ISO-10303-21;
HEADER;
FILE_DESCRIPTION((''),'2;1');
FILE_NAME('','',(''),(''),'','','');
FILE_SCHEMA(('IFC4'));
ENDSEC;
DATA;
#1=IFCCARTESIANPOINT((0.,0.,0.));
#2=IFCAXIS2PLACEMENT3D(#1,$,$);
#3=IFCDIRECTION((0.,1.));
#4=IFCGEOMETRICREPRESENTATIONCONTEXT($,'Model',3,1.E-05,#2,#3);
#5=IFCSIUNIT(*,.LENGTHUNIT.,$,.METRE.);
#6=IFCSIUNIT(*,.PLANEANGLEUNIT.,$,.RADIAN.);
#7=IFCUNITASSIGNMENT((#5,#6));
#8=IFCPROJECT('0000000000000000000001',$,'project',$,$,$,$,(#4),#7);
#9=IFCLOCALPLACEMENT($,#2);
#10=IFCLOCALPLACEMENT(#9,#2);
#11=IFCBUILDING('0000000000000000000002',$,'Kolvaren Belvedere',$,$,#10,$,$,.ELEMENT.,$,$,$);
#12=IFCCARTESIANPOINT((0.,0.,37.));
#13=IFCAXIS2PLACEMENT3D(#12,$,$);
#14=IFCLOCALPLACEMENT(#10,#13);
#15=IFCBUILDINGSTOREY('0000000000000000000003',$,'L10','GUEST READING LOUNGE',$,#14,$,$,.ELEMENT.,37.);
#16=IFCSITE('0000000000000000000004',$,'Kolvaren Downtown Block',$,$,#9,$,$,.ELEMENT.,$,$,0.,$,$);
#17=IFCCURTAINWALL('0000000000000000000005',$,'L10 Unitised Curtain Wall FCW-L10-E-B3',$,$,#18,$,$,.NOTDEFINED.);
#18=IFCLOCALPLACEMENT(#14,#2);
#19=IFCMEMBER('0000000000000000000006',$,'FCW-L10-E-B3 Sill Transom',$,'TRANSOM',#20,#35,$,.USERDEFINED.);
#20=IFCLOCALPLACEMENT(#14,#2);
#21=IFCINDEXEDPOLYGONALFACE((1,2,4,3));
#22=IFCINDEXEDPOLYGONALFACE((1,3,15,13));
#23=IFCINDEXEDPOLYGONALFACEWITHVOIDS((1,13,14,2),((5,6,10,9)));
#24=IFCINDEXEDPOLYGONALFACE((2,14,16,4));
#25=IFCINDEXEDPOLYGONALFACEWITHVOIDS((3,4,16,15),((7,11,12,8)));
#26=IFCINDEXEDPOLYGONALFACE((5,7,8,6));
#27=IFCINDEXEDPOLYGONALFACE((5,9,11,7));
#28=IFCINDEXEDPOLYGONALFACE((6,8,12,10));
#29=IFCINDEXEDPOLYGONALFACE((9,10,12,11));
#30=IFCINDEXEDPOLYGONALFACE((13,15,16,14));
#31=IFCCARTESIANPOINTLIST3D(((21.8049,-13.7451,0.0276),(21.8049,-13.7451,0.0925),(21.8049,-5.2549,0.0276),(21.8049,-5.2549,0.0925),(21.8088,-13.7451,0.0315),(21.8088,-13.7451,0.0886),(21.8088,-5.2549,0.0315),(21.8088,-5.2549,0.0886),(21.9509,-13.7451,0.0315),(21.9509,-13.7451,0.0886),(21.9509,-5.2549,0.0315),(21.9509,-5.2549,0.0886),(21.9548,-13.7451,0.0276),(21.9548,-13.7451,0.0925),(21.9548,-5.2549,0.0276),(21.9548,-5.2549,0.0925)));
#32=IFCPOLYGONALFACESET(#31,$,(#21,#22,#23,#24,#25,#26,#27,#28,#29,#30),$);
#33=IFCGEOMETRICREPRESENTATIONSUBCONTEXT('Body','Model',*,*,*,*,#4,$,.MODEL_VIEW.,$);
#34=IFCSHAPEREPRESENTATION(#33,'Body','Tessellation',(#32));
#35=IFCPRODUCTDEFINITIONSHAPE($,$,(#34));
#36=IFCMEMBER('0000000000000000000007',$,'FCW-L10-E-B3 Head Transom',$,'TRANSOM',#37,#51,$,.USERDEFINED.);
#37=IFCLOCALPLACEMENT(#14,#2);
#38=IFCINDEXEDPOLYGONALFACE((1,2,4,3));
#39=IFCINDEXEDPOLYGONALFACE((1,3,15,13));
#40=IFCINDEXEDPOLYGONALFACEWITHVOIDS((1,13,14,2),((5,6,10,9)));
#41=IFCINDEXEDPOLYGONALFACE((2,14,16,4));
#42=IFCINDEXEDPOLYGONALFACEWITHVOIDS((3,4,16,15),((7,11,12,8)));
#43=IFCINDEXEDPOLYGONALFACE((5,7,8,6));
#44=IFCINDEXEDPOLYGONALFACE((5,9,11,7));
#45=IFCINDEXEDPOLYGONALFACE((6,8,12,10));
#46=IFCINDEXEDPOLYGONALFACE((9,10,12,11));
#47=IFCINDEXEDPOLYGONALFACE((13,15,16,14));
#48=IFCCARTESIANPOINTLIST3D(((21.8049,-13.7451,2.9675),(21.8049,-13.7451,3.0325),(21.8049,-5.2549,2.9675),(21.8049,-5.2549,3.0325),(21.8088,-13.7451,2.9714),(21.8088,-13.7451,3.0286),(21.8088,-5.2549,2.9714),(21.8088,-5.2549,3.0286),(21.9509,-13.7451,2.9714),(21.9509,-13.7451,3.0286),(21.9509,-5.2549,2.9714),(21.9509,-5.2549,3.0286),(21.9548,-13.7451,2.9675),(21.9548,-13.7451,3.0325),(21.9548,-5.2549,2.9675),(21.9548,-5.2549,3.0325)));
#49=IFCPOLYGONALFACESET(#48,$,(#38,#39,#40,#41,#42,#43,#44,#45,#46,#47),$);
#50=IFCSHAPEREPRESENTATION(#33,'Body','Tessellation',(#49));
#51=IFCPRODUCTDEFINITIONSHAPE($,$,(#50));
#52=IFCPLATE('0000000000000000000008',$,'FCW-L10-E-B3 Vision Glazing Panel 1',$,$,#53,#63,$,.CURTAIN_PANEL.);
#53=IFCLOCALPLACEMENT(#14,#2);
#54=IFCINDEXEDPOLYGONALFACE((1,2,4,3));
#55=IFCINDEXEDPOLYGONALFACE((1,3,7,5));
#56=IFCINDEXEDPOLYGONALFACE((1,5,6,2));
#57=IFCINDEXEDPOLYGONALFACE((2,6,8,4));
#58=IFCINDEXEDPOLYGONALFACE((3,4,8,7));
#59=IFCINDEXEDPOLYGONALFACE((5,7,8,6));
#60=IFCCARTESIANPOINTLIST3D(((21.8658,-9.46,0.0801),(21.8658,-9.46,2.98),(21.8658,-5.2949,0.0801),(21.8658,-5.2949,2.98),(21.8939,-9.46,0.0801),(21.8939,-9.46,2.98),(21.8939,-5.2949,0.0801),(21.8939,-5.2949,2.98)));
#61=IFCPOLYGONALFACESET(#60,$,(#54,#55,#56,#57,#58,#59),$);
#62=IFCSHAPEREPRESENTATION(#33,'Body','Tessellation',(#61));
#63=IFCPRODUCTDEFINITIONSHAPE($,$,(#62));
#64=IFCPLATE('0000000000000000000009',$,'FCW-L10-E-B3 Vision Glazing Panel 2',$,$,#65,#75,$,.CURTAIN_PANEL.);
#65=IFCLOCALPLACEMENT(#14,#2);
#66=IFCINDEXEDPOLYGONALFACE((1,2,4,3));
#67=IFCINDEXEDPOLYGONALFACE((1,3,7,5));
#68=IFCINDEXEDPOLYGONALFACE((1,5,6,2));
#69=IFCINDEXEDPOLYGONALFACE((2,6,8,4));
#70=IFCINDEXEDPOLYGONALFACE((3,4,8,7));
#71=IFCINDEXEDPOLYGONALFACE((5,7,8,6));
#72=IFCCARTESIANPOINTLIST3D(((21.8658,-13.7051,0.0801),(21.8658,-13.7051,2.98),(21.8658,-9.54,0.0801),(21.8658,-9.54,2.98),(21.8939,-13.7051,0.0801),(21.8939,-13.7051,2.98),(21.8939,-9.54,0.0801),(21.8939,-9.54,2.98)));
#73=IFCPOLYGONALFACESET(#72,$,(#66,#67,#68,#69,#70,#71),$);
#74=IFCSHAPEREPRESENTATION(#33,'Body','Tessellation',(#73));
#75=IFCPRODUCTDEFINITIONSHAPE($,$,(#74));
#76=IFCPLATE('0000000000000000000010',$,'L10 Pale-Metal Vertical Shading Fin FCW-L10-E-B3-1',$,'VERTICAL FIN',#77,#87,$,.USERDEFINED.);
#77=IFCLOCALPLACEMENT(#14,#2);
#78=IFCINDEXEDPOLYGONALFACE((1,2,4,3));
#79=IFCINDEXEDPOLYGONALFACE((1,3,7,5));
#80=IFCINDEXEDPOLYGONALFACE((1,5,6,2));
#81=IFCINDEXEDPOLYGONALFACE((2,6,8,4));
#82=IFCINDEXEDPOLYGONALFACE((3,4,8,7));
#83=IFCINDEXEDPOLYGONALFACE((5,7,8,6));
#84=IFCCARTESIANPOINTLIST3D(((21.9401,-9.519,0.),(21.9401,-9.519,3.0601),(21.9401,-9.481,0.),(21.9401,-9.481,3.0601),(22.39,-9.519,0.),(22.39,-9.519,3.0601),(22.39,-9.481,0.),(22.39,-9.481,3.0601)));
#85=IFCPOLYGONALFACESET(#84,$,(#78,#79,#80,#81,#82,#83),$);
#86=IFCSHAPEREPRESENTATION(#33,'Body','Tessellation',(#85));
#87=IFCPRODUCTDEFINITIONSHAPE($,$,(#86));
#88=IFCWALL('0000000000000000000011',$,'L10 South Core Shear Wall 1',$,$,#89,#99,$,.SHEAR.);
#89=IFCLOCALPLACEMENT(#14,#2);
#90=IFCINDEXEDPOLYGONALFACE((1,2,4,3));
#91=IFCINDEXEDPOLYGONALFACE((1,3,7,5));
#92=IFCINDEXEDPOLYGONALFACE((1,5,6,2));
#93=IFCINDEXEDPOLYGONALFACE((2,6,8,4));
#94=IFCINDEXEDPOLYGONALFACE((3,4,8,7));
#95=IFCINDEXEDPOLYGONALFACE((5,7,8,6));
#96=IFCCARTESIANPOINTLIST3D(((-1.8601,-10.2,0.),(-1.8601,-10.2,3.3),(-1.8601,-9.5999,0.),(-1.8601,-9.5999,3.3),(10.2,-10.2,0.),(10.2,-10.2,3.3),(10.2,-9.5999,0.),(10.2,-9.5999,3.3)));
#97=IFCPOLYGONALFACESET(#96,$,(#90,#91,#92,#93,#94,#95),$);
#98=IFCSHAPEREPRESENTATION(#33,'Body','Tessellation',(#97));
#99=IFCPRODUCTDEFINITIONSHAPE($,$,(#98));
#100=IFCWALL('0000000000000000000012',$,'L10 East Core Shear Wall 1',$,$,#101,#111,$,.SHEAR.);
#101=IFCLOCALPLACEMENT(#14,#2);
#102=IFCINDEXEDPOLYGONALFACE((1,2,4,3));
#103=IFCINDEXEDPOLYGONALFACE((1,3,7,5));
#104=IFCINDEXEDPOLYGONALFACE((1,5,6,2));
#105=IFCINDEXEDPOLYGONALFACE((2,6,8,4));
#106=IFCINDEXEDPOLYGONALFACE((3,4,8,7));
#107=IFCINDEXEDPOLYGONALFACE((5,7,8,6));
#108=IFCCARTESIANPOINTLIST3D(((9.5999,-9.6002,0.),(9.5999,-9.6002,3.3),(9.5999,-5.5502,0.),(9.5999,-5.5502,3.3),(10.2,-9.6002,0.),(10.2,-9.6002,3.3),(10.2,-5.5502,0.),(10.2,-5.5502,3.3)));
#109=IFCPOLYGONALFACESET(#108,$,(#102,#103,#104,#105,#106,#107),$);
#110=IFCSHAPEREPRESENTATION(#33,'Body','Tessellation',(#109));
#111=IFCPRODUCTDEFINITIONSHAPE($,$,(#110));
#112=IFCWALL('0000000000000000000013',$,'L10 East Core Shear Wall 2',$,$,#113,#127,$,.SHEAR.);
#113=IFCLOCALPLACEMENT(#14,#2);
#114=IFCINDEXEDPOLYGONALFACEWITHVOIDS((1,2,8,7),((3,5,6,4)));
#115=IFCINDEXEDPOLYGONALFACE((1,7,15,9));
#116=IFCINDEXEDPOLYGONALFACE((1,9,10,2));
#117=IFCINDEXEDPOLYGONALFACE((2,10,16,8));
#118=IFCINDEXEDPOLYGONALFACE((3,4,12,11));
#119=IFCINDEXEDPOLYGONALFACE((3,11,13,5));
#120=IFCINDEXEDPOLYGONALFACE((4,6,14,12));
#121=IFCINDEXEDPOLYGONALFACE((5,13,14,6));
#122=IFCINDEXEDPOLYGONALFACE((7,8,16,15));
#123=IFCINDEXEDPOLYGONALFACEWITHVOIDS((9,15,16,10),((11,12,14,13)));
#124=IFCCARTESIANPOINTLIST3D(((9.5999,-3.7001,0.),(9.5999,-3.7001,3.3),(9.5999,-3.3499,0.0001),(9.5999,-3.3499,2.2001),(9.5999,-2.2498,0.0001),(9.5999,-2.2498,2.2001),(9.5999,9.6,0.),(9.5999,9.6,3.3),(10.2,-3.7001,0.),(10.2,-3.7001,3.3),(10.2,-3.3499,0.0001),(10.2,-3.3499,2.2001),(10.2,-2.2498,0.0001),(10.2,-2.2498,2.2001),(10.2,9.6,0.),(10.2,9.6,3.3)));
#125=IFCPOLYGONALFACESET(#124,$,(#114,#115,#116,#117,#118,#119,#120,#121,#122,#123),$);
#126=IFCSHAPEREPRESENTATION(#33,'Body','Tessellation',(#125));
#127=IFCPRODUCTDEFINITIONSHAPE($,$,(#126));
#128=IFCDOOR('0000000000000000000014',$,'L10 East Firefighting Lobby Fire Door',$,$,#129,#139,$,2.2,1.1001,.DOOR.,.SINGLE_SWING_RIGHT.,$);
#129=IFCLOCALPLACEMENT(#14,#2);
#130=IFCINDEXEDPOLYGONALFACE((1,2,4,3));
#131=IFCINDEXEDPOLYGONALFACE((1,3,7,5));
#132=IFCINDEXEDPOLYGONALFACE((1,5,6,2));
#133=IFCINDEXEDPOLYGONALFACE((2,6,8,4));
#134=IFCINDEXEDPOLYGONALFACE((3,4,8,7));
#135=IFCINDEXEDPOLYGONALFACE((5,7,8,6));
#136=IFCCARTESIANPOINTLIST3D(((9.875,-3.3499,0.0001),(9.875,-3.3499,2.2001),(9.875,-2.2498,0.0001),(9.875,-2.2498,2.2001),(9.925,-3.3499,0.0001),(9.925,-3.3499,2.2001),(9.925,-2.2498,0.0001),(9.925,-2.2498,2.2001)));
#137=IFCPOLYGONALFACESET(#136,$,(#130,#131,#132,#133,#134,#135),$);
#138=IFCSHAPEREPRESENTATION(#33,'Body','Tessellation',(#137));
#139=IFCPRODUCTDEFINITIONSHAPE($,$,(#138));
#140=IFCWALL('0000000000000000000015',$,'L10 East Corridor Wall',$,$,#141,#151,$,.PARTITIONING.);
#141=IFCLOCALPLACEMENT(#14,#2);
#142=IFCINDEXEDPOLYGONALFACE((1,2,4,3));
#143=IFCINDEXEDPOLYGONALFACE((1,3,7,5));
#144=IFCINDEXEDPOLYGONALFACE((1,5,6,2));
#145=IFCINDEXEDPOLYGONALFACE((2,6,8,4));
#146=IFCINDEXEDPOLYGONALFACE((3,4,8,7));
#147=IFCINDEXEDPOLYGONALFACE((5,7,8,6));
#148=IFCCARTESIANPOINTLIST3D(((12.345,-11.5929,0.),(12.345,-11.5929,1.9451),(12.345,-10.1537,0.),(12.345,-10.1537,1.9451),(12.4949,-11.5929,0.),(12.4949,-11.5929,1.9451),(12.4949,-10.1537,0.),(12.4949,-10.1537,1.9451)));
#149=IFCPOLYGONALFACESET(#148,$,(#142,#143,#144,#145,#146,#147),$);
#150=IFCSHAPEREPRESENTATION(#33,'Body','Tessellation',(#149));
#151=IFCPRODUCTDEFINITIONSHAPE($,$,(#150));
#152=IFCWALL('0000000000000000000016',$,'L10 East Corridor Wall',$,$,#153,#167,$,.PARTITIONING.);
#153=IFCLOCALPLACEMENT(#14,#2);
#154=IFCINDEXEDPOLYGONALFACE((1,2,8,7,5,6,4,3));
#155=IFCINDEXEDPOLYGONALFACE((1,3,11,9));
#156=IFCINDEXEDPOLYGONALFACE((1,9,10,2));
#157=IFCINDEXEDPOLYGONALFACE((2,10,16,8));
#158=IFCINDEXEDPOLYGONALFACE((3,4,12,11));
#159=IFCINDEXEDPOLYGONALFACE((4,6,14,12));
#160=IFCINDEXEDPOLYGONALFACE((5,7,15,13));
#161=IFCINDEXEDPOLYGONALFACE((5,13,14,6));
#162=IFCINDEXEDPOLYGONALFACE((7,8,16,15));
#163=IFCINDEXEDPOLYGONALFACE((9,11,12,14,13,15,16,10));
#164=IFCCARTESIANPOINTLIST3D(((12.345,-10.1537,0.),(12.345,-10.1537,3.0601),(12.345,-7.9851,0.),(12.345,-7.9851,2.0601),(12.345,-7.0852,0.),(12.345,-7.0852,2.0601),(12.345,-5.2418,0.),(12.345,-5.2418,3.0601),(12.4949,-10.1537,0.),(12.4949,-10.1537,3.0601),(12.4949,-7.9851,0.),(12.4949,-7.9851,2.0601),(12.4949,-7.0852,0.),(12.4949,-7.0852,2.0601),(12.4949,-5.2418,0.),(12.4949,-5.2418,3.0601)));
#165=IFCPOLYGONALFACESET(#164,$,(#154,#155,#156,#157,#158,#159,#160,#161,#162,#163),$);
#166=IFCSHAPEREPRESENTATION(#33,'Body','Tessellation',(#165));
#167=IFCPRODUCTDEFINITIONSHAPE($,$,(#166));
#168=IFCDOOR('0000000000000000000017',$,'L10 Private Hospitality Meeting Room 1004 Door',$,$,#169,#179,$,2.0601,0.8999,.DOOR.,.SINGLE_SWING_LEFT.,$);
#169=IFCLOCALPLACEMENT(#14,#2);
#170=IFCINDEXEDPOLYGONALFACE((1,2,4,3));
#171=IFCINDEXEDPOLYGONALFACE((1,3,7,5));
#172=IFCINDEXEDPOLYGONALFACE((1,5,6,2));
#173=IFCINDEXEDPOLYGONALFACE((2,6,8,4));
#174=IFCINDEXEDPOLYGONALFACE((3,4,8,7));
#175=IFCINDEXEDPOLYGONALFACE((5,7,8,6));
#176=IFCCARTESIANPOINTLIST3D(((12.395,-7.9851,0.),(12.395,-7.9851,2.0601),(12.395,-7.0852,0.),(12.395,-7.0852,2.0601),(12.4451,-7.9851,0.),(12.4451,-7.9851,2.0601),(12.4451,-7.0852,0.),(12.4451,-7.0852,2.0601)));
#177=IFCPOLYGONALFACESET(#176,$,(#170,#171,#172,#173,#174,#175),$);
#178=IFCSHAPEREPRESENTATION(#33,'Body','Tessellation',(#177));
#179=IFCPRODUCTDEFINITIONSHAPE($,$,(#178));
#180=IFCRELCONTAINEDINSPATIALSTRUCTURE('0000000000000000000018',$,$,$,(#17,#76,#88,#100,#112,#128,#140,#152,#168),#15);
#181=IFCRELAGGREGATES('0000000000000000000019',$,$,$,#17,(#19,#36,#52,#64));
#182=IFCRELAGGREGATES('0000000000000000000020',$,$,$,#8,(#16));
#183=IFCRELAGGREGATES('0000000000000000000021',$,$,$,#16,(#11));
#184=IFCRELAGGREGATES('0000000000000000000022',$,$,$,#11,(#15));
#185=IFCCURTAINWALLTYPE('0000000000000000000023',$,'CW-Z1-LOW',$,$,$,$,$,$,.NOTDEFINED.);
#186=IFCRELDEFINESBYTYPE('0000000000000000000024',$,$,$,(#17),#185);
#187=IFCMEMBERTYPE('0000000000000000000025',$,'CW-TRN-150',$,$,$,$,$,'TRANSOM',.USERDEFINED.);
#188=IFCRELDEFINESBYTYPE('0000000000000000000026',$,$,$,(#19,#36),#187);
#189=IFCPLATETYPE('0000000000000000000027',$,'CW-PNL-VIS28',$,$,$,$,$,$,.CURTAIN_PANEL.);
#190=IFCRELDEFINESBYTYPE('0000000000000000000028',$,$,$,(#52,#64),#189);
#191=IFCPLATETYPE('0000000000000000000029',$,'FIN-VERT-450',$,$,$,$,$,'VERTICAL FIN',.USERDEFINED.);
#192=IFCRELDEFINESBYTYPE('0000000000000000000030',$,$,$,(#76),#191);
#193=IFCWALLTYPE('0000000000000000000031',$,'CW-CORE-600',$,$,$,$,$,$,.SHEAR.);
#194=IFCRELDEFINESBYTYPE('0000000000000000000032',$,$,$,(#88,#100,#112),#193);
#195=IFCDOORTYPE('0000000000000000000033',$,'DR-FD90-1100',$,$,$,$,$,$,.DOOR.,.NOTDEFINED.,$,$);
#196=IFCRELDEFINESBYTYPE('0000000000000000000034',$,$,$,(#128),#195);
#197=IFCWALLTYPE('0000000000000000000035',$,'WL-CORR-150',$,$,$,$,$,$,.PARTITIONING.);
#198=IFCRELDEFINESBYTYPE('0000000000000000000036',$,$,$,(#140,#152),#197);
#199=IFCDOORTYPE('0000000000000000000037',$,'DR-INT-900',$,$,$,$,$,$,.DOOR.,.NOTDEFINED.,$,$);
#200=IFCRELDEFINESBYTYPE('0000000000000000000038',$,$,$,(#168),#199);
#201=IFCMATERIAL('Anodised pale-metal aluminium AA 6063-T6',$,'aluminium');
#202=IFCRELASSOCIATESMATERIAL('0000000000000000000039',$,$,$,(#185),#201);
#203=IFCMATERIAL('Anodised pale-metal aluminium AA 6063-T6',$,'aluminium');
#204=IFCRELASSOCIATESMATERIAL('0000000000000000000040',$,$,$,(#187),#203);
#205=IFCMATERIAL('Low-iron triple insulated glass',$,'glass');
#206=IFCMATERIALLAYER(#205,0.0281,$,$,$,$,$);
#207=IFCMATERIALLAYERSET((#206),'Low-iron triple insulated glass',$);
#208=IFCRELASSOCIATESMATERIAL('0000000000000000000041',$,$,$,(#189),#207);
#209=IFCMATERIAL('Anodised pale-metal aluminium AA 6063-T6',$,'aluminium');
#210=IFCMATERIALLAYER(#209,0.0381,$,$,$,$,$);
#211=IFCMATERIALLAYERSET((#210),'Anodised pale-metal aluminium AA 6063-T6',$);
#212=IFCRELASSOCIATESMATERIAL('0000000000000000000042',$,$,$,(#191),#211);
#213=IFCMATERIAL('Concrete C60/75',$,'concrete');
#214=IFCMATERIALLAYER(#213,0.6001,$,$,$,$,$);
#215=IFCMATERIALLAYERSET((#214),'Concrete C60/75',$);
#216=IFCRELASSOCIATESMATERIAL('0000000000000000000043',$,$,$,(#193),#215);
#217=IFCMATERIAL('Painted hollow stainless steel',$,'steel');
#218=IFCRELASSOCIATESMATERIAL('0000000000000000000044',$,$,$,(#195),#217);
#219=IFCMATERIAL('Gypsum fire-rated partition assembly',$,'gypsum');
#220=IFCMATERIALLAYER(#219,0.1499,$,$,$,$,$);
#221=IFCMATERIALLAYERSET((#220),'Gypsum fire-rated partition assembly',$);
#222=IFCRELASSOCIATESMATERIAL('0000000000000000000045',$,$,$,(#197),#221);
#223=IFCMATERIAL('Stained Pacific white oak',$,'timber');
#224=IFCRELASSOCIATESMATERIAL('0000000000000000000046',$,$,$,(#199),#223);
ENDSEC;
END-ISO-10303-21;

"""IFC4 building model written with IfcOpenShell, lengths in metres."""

from ifc_helpers import new_model, si_unit, direction, frame, frame_2d, origin, origin_2d, place, context, subcontext, project, spatial, rectangle, hollow_rectangle, extrude, material, layer, layer_set, material_profile, profile_set, type_object, element, fill, aggregate, save


model = new_model("IFC4")

# Units and contexts
model_context = context("Model", 3, precision=1e-05, world=origin(), true_north=direction((0.0, 1.0)))
body_context = subcontext(model_context, "Body", "Model", "MODEL_VIEW")
ifc_project = project(units=[si_unit("LENGTHUNIT", "METRE"), si_unit("PLANEANGLEUNIT", "RADIAN")], contexts=[model_context])

# Site, building, storey
site_placement = place(None, origin())
site = spatial("IfcSite", under=ifc_project, at=site_placement, Name="Kolvaren Downtown Block", CompositionType="ELEMENT", RefElevation=0.0)
building_placement = place(site_placement, origin())
building = spatial("IfcBuilding", under=site, at=building_placement, Name="Kolvaren Belvedere", CompositionType="ELEMENT")
storey_placement = place(building_placement, frame((0.0, 0.0, 37.0)))
storey = spatial("IfcBuildingStorey", under=building, at=storey_placement, Name="L10", Description="GUEST READING LOUNGE", CompositionType="ELEMENT", Elevation=37.0)

# Shared definitions
ifc_material_1 = material(Name="Anodised pale-metal aluminium AA 6063-T6", Category="aluminium")
curtain_wall_type = type_object("IfcCurtainWallType", Name="CW-Z1-LOW", PredefinedType="NOTDEFINED", material=ifc_material_1)

# Curtain wall, members, plates
curtain_wall_1_placement = place(storey_placement, origin())
curtain_wall_1 = element("IfcCurtainWall", 1, at=curtain_wall_1_placement, inside=storey, type_object=curtain_wall_type, Name="L10 Unitised Curtain Wall FCW-L10-E-B3", PredefinedType="NOTDEFINED")
ifc_material_2 = material(Name="Anodised pale-metal aluminium AA 6063-T6", Category="aluminium")
ifc_material_profile_1 = material_profile(ifc_material_2, hollow_rectangle(XDim=0.0649, YDim=0.1499, WallThickness=0.0039, at=origin_2d()), Name="ALU-TRN-150X65")
ifc_profile_set_1 = profile_set([ifc_material_profile_1], Name="Anodised pale-metal aluminium AA 6063-T6")
member_type_1 = type_object("IfcMemberType", Name="CW-TRN-150", ElementType="TRANSOM", PredefinedType="USERDEFINED", material=ifc_profile_set_1)
member_1_placement = place(storey_placement, frame((21.8799, -5.2549, 0.0601), z_axis=(0.0, -1.0, 0.0), x_axis=(0.0, 0.0, 1.0)))
member_1 = element("IfcMember", 2, at=member_1_placement, type_object=member_type_1, Name="FCW-L10-E-B3 Sill Transom", ObjectType="TRANSOM", PredefinedType="USERDEFINED", context=body_context, shape_type="SweptSolid", body=[
    extrude(hollow_rectangle(XDim=0.0649, YDim=0.1499, WallThickness=0.0039, at=origin_2d()), origin(), (0.0, 0.0, 1.0), 8.4902),
])
member_2_placement = place(storey_placement, frame((21.8799, -5.2549, 3.0), z_axis=(0.0, -1.0, 0.0), x_axis=(0.0, 0.0, 1.0)))
member_2 = element("IfcMember", 3, at=member_2_placement, type_object=member_type_1, Name="FCW-L10-E-B3 Head Transom", ObjectType="TRANSOM", PredefinedType="USERDEFINED", context=body_context, shape_type="SweptSolid", body=[
    extrude(hollow_rectangle(XDim=0.0649, YDim=0.1499, WallThickness=0.0039, at=origin_2d()), origin(), (0.0, 0.0, 1.0), 8.4902),
])
ifc_material_3 = material(Name="Low-iron triple insulated glass", Category="glass")
ifc_layer_1 = layer(ifc_material_3, 0.0281)
ifc_layer_set_1 = layer_set([ifc_layer_1], Name="Low-iron triple insulated glass")
plate_type_1 = type_object("IfcPlateType", Name="CW-PNL-VIS28", PredefinedType="CURTAIN_PANEL", material=ifc_layer_set_1)
plate_1_placement = place(storey_placement, frame((21.8799, -7.3774, 0.0801), z_axis=(0.0, 0.0, 1.0), x_axis=(0.0, -1.0, 0.0)))
plate_1 = element("IfcPlate", 4, at=plate_1_placement, type_object=plate_type_1, Name="FCW-L10-E-B3 Vision Glazing Panel 1", PredefinedType="CURTAIN_PANEL", context=body_context, shape_type="SweptSolid", body=[
    extrude(rectangle(XDim=4.165, YDim=0.0281, at=origin_2d()), origin(), (0.0, 0.0, 1.0), 2.8999),
])
plate_2_placement = place(storey_placement, frame((21.8799, -11.6226, 0.0801), z_axis=(0.0, 0.0, 1.0), x_axis=(0.0, -1.0, 0.0)))
plate_2 = element("IfcPlate", 5, at=plate_2_placement, type_object=plate_type_1, Name="FCW-L10-E-B3 Vision Glazing Panel 2", PredefinedType="CURTAIN_PANEL", context=body_context, shape_type="SweptSolid", body=[
    extrude(rectangle(XDim=4.165, YDim=0.0281, at=origin_2d()), origin(), (0.0, 0.0, 1.0), 2.8999),
])
aggregate(curtain_wall_1, [member_1, member_2, plate_1, plate_2])

# Plate
ifc_material_4 = material(Name="Anodised pale-metal aluminium AA 6063-T6", Category="aluminium")
ifc_layer_2 = layer(ifc_material_4, 0.0381)
ifc_layer_set_2 = layer_set([ifc_layer_2], Name="Anodised pale-metal aluminium AA 6063-T6")
plate_type_2 = type_object("IfcPlateType", Name="FIN-VERT-450", ElementType="VERTICAL FIN", PredefinedType="USERDEFINED", material=ifc_layer_set_2)
plate_3_placement = place(storey_placement, frame((22.165, -9.5, 0.0), z_axis=(0.0, 0.0, 1.0), x_axis=(1.0, 0.0, 0.0)))
element("IfcPlate", 6, at=plate_3_placement, inside=storey, type_object=plate_type_2, Name="L10 Pale-Metal Vertical Shading Fin FCW-L10-E-B3-1", ObjectType="VERTICAL FIN", PredefinedType="USERDEFINED", context=body_context, shape_type="SweptSolid", body=[
    extrude(rectangle(XDim=0.45, YDim=0.0381, at=origin_2d()), origin(), (0.0, 0.0, 1.0), 3.0601),
])

# Walls
ifc_material_5 = material(Name="Concrete C60/75", Category="concrete")
ifc_layer_3 = layer(ifc_material_5, 0.6001)
ifc_layer_set_3 = layer_set([ifc_layer_3], Name="Concrete C60/75")
wall_type_1 = type_object("IfcWallType", Name="CW-CORE-600", PredefinedType="SHEAR", material=ifc_layer_set_3)
wall_1_placement = place(storey_placement, frame((10.2, -9.8999, 0.0), z_axis=(0.0, 0.0, 1.0), x_axis=(-1.0, 0.0, 0.0)))
element("IfcWall", 7, at=wall_1_placement, inside=storey, type_object=wall_type_1, Name="L10 South Core Shear Wall 1", PredefinedType="SHEAR", context=body_context, shape_type="SweptSolid", body=[
    extrude(rectangle(XDim=12.0601, YDim=0.6001, at=frame_2d((6.03, 0.0))), origin(), (0.0, 0.0, 1.0), 3.3),
])
wall_2_placement = place(storey_placement, frame((9.8999, -9.6001, 0.0), z_axis=(0.0, 0.0, 1.0), x_axis=(0.0, 1.0, 0.0)))
element("IfcWall", 8, at=wall_2_placement, inside=storey, type_object=wall_type_1, Name="L10 East Core Shear Wall 1", PredefinedType="SHEAR", context=body_context, shape_type="SweptSolid", body=[
    extrude(rectangle(XDim=4.05, YDim=0.6001, at=frame_2d((2.0249, 0.0))), origin(), (0.0, 0.0, 1.0), 3.3),
])

# Wall, opening, door
wall_3_placement = place(storey_placement, frame((9.8999, -3.7, 0.0), z_axis=(0.0, 0.0, 1.0), x_axis=(0.0, 1.0, 0.0)))
wall_3 = element("IfcWall", 9, at=wall_3_placement, inside=storey, type_object=wall_type_1, Name="L10 East Core Shear Wall 2", PredefinedType="SHEAR", context=body_context, shape_type="SweptSolid", body=[
    extrude(rectangle(XDim=13.3, YDim=0.6001, at=frame_2d((6.6499, 0.0))), origin(), (0.0, 0.0, 1.0), 3.3),
])
opening_1_placement = place(wall_3_placement, frame((0.3501, 0.0, 0.0)))
opening_1 = element("IfcOpeningElement", 10, at=opening_1_placement, cuts=wall_3, PredefinedType="OPENING", context=body_context, shape_type="SweptSolid", body=[
    extrude(rectangle(XDim=1.1001, YDim=2.2, at=frame_2d((0.55, 1.1001))), frame((0.0, 0.3101, 0.0), z_axis=(0.0, -1.0, 0.0), x_axis=(1.0, 0.0, 0.0)), (0.0, 0.0, 1.0), 0.6201),
])
ifc_material_6 = material(Name="Painted hollow stainless steel", Category="steel")
door_type_1 = type_object("IfcDoorType", Name="DR-FD90-1100", OperationType="NOTDEFINED", PredefinedType="DOOR", material=ifc_material_6)
door_1_placement = place(opening_1_placement, origin())
door_1 = element("IfcDoor", 11, at=door_1_placement, inside=storey, type_object=door_type_1, Name="L10 East Firefighting Lobby Fire Door", OperationType="SINGLE_SWING_RIGHT", OverallHeight=2.2, OverallWidth=1.1001, PredefinedType="DOOR", context=body_context, shape_type="SweptSolid", body=[
    extrude(rectangle(XDim=1.1001, YDim=2.2, at=frame_2d((0.55, 1.1001))), frame((0.0, 0.0249, 0.0), z_axis=(0.0, -1.0, 0.0), x_axis=(1.0, 0.0, 0.0)), (0.0, 0.0, 1.0), 0.05),
])
fill(opening_1, door_1)

# Wall
ifc_material_7 = material(Name="Gypsum fire-rated partition assembly", Category="gypsum")
ifc_layer_4 = layer(ifc_material_7, 0.1499)
ifc_layer_set_4 = layer_set([ifc_layer_4], Name="Gypsum fire-rated partition assembly")
wall_type_2 = type_object("IfcWallType", Name="WL-CORR-150", PredefinedType="PARTITIONING", material=ifc_layer_set_4)
wall_4_placement = place(storey_placement, frame((12.4199, -11.593, 0.0), z_axis=(0.0, 0.0, 1.0), x_axis=(0.0, 1.0, 0.0)))
element("IfcWall", 12, at=wall_4_placement, inside=storey, type_object=wall_type_2, Name="L10 East Corridor Wall", PredefinedType="PARTITIONING", context=body_context, shape_type="SweptSolid", body=[
    extrude(rectangle(XDim=1.4392, YDim=0.1499, at=frame_2d((0.7197, 0.0))), origin(), (0.0, 0.0, 1.0), 1.9451),
])

# Wall, opening, door
wall_5_placement = place(storey_placement, frame((12.4199, -10.1538, 0.0), z_axis=(0.0, 0.0, 1.0), x_axis=(0.0, 1.0, 0.0)))
wall_5 = element("IfcWall", 13, at=wall_5_placement, inside=storey, type_object=wall_type_2, Name="L10 East Corridor Wall", PredefinedType="PARTITIONING", context=body_context, shape_type="SweptSolid", body=[
    extrude(rectangle(XDim=4.9119, YDim=0.1499, at=frame_2d((2.4561, 0.0))), origin(), (0.0, 0.0, 1.0), 3.0601),
])
opening_2_placement = place(wall_5_placement, frame((2.1687, 0.0, 0.0)))
opening_2 = element("IfcOpeningElement", 14, at=opening_2_placement, cuts=wall_5, PredefinedType="OPENING", context=body_context, shape_type="SweptSolid", body=[
    extrude(rectangle(XDim=0.8999, YDim=2.0601, at=frame_2d((0.45, 1.03))), frame((0.0, 0.085, 0.0), z_axis=(0.0, -1.0, 0.0), x_axis=(1.0, 0.0, 0.0)), (0.0, 0.0, 1.0), 0.1699),
])
ifc_material_8 = material(Name="Stained Pacific white oak", Category="timber")
door_type_2 = type_object("IfcDoorType", Name="DR-INT-900", OperationType="NOTDEFINED", PredefinedType="DOOR", material=ifc_material_8)
door_2_placement = place(opening_2_placement, origin())
door_2 = element("IfcDoor", 15, at=door_2_placement, inside=storey, type_object=door_type_2, Name="L10 Private Hospitality Meeting Room 1004 Door", OperationType="SINGLE_SWING_LEFT", OverallHeight=2.0601, OverallWidth=0.8999, PredefinedType="DOOR", context=body_context, shape_type="SweptSolid", body=[
    extrude(rectangle(XDim=0.8999, YDim=2.0601, at=frame_2d((0.45, 1.03))), frame((0.0, 0.0249, 0.0), z_axis=(0.0, -1.0, 0.0), x_axis=(1.0, 0.0, 0.0)), (0.0, 0.0, 1.0), 0.05),
])
fill(opening_2, door_2)

save(model, "model.ifc")
